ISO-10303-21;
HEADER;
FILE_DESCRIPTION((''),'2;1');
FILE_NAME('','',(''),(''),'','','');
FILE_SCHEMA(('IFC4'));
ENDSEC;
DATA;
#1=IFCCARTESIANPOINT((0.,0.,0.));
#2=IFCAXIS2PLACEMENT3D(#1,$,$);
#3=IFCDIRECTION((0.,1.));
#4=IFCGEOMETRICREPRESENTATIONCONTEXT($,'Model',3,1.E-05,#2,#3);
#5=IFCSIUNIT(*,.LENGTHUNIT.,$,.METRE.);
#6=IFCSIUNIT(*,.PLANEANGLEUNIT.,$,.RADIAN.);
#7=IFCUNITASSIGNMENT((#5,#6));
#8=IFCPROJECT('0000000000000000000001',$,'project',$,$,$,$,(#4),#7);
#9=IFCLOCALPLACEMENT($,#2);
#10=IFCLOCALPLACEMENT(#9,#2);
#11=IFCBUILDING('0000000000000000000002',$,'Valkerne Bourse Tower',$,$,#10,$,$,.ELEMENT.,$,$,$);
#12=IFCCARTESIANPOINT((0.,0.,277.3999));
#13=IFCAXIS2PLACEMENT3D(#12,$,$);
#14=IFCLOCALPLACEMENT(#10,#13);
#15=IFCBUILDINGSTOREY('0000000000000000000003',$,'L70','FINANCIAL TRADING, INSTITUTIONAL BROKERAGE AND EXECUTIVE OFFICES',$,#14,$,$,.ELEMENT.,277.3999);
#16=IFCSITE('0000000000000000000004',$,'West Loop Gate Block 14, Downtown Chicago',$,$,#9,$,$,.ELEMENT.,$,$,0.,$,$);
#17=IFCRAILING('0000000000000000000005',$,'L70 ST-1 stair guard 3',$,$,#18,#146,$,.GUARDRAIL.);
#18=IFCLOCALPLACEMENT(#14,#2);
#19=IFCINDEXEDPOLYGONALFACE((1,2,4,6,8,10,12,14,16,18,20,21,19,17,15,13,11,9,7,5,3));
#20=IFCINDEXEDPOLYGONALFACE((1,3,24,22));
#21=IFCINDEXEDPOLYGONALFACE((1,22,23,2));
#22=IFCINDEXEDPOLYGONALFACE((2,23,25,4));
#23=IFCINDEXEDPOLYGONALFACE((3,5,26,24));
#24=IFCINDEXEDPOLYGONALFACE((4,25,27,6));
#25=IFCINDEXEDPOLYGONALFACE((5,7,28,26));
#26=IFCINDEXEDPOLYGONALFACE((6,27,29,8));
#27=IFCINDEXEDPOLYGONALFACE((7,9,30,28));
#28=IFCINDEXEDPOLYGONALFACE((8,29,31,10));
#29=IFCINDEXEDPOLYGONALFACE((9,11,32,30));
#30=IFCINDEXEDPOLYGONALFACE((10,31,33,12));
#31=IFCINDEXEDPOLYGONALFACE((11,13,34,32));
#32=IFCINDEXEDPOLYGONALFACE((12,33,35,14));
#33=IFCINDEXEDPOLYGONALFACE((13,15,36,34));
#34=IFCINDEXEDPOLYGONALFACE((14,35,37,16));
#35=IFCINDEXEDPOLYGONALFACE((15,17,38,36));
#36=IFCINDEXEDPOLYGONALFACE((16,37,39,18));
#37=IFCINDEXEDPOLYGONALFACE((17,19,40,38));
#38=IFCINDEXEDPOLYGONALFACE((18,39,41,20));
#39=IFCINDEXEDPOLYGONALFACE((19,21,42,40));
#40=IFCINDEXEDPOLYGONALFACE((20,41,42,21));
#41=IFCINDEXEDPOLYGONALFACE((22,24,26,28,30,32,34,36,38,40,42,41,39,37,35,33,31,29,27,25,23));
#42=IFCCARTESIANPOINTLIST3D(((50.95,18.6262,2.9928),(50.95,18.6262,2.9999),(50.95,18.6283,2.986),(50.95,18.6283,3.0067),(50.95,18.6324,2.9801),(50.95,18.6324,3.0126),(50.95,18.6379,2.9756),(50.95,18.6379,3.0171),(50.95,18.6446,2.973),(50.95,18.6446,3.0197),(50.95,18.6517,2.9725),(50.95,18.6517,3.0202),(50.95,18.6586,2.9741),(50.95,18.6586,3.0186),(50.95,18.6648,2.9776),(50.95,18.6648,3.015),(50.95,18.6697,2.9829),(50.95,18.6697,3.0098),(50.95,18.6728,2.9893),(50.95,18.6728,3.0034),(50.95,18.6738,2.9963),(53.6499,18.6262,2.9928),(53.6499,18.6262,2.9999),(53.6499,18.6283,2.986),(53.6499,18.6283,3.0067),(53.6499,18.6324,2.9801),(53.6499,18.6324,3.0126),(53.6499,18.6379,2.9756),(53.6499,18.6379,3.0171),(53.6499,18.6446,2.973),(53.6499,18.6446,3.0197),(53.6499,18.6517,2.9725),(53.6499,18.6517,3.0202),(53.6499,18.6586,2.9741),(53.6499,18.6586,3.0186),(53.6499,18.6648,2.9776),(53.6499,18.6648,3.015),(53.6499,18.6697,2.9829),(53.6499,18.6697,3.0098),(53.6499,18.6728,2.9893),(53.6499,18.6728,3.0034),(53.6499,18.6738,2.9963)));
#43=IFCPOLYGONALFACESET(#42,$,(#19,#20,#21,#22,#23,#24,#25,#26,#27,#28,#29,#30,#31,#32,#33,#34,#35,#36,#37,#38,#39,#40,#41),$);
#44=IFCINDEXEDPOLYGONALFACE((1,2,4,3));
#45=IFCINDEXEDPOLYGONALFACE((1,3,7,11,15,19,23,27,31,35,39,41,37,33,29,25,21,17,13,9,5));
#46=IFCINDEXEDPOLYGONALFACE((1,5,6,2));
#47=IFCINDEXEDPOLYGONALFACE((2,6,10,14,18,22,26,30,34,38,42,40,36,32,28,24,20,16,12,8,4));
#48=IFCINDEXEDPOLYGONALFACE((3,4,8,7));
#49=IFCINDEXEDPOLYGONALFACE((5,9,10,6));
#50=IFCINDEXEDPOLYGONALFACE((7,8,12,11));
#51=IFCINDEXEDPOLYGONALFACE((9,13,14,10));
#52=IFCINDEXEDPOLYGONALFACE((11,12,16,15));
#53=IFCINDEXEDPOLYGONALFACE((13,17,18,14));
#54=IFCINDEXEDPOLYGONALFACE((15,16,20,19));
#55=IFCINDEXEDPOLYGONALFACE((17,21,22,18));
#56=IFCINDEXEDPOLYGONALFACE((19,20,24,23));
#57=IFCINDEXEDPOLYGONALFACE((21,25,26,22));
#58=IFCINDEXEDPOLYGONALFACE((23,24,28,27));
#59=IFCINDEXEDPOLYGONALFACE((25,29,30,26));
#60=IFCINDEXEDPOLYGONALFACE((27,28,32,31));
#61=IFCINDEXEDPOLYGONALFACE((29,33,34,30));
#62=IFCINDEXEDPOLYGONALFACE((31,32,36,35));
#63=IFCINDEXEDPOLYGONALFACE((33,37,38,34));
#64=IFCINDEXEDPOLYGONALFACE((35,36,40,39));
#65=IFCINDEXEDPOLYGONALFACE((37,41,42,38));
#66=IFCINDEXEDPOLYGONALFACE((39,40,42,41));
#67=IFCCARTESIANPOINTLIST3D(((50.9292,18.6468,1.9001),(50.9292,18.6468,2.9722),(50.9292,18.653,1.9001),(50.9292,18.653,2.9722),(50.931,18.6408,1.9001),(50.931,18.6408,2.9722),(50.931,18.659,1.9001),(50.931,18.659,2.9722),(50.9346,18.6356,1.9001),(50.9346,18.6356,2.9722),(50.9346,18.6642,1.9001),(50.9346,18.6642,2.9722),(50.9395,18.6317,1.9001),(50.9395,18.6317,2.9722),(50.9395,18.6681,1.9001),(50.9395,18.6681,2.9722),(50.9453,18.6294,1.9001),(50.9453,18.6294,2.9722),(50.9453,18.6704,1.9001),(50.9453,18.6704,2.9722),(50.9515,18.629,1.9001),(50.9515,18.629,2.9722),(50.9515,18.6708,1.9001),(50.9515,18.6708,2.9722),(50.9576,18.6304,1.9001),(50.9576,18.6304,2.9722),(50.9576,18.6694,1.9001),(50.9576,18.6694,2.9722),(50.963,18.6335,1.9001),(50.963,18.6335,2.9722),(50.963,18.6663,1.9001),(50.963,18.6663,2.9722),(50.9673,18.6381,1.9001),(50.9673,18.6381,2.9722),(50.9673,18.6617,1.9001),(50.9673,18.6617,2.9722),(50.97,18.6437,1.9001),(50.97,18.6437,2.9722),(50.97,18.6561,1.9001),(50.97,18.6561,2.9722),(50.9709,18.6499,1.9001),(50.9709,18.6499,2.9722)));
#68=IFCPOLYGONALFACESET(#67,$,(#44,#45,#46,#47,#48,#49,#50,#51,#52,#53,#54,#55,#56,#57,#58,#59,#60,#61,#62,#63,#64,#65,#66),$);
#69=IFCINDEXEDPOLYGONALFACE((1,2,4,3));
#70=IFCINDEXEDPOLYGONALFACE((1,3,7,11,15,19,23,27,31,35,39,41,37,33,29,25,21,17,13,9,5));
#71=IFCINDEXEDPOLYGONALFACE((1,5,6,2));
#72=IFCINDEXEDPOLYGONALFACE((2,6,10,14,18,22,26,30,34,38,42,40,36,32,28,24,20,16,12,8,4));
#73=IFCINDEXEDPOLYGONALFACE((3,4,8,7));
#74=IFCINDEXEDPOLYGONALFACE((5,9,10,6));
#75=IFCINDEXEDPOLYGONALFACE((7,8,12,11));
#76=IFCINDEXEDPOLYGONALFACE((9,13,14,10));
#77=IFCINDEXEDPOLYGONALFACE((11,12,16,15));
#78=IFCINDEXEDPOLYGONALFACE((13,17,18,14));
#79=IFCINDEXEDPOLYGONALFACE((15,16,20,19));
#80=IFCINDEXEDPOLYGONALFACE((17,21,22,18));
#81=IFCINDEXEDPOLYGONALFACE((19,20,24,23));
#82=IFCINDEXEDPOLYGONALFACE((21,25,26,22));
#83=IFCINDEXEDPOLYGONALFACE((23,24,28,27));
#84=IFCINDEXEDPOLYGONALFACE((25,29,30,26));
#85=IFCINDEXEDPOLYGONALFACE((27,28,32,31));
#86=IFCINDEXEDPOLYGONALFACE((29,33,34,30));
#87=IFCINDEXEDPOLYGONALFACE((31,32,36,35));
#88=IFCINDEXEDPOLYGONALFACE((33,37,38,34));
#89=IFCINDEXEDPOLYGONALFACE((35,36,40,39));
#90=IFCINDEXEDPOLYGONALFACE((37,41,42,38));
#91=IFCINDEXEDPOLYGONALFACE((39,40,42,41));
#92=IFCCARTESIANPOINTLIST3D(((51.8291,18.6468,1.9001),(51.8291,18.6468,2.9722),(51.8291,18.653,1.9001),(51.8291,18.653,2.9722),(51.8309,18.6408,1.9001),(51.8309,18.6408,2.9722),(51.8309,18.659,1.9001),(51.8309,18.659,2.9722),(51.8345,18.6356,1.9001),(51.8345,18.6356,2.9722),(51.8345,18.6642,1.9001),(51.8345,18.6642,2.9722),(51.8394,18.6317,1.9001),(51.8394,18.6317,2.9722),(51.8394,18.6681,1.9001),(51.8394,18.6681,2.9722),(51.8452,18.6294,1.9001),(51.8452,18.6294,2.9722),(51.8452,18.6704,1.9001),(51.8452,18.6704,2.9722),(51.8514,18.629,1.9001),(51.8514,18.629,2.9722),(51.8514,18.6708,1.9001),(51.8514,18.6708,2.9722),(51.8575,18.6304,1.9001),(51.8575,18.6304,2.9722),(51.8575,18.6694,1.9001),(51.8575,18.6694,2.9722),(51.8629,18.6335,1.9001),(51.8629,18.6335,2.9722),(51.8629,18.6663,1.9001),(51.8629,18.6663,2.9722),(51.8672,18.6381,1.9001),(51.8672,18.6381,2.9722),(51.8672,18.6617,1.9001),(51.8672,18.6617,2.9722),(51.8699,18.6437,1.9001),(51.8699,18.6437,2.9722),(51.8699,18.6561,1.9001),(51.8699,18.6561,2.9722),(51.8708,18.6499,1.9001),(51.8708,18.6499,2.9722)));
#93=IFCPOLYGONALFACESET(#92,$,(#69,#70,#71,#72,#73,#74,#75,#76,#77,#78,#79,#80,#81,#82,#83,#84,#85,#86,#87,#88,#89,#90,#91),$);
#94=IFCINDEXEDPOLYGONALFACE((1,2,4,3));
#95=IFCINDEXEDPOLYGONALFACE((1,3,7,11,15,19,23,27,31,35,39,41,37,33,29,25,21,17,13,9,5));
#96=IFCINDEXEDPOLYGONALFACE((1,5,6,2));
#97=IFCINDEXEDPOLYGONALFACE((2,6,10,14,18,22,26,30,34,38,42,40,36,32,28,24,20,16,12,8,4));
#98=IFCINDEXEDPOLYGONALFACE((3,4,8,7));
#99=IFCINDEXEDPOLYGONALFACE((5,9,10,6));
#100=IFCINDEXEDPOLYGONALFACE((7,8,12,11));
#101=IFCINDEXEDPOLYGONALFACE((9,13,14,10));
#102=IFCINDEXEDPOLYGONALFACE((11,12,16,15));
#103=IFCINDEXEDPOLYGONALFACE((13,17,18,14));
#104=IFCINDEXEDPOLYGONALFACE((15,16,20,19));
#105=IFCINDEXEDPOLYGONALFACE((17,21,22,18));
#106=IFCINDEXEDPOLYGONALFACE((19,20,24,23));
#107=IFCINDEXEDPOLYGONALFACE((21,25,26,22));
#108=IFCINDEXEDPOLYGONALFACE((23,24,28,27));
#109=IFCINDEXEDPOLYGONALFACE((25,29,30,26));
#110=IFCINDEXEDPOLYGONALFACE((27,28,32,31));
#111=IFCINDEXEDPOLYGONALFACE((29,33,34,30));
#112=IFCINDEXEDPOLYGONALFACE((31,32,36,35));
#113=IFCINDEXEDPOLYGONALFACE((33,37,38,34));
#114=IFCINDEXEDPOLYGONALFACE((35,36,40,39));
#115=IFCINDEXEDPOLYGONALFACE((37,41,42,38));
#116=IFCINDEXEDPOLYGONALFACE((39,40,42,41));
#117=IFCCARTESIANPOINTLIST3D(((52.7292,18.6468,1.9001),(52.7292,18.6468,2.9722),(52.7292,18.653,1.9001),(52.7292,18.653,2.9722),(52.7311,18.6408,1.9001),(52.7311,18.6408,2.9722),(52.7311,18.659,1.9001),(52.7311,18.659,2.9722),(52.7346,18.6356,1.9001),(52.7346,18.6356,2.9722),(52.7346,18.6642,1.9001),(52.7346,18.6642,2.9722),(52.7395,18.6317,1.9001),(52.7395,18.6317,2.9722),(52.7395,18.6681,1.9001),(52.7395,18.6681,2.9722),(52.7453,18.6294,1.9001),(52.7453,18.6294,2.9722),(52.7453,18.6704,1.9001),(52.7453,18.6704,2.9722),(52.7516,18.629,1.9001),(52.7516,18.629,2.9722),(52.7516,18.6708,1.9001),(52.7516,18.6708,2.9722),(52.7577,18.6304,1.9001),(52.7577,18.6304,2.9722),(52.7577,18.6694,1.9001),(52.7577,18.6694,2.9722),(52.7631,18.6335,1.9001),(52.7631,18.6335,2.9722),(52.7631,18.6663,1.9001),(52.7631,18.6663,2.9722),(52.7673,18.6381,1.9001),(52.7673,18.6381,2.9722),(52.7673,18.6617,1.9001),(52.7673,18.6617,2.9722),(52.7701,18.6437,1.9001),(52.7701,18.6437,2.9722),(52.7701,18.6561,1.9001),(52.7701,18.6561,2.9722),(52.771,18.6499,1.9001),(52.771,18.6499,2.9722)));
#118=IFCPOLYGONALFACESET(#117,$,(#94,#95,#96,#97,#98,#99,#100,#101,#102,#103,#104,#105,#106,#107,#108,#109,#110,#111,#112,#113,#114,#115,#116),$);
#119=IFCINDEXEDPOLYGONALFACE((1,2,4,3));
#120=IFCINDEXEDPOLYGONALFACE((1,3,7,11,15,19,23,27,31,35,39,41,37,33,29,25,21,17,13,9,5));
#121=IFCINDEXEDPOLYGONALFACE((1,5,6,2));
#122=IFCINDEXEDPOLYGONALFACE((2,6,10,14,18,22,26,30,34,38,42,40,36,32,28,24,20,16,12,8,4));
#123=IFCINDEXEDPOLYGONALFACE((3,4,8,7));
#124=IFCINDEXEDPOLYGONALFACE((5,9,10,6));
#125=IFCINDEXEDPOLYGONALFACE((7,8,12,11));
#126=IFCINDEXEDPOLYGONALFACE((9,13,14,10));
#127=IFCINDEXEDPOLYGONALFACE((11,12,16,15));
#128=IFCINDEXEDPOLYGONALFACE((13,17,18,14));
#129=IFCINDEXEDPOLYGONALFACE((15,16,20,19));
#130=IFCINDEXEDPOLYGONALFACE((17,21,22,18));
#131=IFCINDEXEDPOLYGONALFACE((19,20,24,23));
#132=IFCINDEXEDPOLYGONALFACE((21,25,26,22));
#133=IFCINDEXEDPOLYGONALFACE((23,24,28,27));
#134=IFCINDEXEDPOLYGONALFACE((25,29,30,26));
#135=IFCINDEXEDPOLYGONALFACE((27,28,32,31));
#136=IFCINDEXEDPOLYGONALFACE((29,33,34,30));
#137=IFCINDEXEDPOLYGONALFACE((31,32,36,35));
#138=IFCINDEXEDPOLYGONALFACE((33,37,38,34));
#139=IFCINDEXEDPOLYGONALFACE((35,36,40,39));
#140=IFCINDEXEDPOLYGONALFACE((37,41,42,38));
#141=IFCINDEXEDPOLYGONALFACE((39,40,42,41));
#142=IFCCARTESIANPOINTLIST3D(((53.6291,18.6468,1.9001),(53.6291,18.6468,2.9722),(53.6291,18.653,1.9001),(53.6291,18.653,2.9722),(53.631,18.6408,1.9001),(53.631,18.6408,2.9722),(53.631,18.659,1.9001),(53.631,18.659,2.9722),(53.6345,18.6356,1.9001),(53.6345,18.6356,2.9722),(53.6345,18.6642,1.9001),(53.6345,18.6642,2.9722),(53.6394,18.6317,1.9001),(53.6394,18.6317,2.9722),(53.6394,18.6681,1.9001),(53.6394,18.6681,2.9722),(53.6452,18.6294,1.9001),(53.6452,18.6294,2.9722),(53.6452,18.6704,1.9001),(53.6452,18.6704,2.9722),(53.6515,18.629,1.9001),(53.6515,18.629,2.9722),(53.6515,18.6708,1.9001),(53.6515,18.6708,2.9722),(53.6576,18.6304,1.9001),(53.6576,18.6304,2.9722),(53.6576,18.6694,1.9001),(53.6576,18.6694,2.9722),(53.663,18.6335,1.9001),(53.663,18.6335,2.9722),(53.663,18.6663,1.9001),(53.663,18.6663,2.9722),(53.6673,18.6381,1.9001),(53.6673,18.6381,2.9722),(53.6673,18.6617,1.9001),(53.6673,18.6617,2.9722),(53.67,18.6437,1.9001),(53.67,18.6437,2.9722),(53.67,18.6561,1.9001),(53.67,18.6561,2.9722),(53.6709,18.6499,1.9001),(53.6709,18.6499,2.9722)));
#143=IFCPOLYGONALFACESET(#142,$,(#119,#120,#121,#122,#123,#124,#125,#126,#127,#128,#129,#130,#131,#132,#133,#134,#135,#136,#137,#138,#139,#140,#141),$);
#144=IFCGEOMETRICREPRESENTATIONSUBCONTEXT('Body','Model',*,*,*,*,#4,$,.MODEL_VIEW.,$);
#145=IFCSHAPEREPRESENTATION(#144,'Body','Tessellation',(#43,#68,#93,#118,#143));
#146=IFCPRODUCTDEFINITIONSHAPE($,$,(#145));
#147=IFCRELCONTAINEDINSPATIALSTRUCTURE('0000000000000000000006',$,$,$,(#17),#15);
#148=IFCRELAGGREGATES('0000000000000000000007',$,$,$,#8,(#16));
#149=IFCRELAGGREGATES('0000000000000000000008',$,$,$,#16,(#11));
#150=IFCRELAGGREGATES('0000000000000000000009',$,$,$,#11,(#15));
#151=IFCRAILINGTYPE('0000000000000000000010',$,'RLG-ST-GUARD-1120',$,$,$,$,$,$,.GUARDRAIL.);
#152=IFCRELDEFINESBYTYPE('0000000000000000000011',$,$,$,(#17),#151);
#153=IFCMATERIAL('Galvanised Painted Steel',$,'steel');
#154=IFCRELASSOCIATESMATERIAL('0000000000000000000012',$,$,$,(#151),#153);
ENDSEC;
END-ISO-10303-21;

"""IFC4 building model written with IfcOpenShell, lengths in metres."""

from ifc_helpers import new_model, si_unit, direction, frame, origin, origin_2d, place, context, subcontext, project, spatial, circle, extrude, material, type_object, element, save


model = new_model("IFC4")

# Units and contexts
model_context = context("Model", 3, precision=1e-05, world=origin(), true_north=direction((0.0, 1.0)))
body_context = subcontext(model_context, "Body", "Model", "MODEL_VIEW")
ifc_project = project(units=[si_unit("LENGTHUNIT", "METRE"), si_unit("PLANEANGLEUNIT", "RADIAN")], contexts=[model_context])

# Site, building, storey
site_placement = place(None, origin())
site = spatial("IfcSite", under=ifc_project, at=site_placement, Name="West Loop Gate Block 14, Downtown Chicago", CompositionType="ELEMENT", RefElevation=0.0)
building_placement = place(site_placement, origin())
building = spatial("IfcBuilding", under=site, at=building_placement, Name="Valkerne Bourse Tower", CompositionType="ELEMENT")
storey_placement = place(building_placement, frame((0.0, 0.0, 277.3999)))
storey = spatial("IfcBuildingStorey", under=building, at=storey_placement, Name="L70", Description="FINANCIAL TRADING, INSTITUTIONAL BROKERAGE AND EXECUTIVE OFFICES", CompositionType="ELEMENT", Elevation=277.3999)

# Shared definitions
ifc_material_1 = material(Name="Galvanised Painted Steel", Category="steel")

# Railing
railing_type_1 = type_object("IfcRailingType", Name="RLG-ST-GUARD-1120", PredefinedType="GUARDRAIL", material=ifc_material_1)
for number, where, name in (
    (1, (50.95, 18.6499, 1.9001), "L70 ST-1 stair guard 3"),
):
    element("IfcRailing", number, at=place(storey_placement, frame(where)), inside=storey, type_object=railing_type_1, Name=name, PredefinedType="GUARDRAIL", context=body_context, shape_type="SweptSolid", body=[
        extrude(circle(Radius=0.0239, at=origin_2d()), frame((0.0, 0.0, 1.0962), z_axis=(1.0, 0.0, 0.0), x_axis=(0.0, 1.0, 0.0)), (0.0, 0.0, 1.0), 2.7),
        extrude(circle(Radius=0.021, at=origin_2d()), origin(), (0.0, 0.0, 1.0), 1.072),
        extrude(circle(Radius=0.021, at=origin_2d()), frame((0.8999, 0.0, 0.0)), (0.0, 0.0, 1.0), 1.072),
        extrude(circle(Radius=0.021, at=origin_2d()), frame((1.8, 0.0, 0.0)), (0.0, 0.0, 1.0), 1.072),
        extrude(circle(Radius=0.021, at=origin_2d()), frame((2.7, 0.0, 0.0)), (0.0, 0.0, 1.0), 1.072),
    ])

save(model, "model.ifc")
